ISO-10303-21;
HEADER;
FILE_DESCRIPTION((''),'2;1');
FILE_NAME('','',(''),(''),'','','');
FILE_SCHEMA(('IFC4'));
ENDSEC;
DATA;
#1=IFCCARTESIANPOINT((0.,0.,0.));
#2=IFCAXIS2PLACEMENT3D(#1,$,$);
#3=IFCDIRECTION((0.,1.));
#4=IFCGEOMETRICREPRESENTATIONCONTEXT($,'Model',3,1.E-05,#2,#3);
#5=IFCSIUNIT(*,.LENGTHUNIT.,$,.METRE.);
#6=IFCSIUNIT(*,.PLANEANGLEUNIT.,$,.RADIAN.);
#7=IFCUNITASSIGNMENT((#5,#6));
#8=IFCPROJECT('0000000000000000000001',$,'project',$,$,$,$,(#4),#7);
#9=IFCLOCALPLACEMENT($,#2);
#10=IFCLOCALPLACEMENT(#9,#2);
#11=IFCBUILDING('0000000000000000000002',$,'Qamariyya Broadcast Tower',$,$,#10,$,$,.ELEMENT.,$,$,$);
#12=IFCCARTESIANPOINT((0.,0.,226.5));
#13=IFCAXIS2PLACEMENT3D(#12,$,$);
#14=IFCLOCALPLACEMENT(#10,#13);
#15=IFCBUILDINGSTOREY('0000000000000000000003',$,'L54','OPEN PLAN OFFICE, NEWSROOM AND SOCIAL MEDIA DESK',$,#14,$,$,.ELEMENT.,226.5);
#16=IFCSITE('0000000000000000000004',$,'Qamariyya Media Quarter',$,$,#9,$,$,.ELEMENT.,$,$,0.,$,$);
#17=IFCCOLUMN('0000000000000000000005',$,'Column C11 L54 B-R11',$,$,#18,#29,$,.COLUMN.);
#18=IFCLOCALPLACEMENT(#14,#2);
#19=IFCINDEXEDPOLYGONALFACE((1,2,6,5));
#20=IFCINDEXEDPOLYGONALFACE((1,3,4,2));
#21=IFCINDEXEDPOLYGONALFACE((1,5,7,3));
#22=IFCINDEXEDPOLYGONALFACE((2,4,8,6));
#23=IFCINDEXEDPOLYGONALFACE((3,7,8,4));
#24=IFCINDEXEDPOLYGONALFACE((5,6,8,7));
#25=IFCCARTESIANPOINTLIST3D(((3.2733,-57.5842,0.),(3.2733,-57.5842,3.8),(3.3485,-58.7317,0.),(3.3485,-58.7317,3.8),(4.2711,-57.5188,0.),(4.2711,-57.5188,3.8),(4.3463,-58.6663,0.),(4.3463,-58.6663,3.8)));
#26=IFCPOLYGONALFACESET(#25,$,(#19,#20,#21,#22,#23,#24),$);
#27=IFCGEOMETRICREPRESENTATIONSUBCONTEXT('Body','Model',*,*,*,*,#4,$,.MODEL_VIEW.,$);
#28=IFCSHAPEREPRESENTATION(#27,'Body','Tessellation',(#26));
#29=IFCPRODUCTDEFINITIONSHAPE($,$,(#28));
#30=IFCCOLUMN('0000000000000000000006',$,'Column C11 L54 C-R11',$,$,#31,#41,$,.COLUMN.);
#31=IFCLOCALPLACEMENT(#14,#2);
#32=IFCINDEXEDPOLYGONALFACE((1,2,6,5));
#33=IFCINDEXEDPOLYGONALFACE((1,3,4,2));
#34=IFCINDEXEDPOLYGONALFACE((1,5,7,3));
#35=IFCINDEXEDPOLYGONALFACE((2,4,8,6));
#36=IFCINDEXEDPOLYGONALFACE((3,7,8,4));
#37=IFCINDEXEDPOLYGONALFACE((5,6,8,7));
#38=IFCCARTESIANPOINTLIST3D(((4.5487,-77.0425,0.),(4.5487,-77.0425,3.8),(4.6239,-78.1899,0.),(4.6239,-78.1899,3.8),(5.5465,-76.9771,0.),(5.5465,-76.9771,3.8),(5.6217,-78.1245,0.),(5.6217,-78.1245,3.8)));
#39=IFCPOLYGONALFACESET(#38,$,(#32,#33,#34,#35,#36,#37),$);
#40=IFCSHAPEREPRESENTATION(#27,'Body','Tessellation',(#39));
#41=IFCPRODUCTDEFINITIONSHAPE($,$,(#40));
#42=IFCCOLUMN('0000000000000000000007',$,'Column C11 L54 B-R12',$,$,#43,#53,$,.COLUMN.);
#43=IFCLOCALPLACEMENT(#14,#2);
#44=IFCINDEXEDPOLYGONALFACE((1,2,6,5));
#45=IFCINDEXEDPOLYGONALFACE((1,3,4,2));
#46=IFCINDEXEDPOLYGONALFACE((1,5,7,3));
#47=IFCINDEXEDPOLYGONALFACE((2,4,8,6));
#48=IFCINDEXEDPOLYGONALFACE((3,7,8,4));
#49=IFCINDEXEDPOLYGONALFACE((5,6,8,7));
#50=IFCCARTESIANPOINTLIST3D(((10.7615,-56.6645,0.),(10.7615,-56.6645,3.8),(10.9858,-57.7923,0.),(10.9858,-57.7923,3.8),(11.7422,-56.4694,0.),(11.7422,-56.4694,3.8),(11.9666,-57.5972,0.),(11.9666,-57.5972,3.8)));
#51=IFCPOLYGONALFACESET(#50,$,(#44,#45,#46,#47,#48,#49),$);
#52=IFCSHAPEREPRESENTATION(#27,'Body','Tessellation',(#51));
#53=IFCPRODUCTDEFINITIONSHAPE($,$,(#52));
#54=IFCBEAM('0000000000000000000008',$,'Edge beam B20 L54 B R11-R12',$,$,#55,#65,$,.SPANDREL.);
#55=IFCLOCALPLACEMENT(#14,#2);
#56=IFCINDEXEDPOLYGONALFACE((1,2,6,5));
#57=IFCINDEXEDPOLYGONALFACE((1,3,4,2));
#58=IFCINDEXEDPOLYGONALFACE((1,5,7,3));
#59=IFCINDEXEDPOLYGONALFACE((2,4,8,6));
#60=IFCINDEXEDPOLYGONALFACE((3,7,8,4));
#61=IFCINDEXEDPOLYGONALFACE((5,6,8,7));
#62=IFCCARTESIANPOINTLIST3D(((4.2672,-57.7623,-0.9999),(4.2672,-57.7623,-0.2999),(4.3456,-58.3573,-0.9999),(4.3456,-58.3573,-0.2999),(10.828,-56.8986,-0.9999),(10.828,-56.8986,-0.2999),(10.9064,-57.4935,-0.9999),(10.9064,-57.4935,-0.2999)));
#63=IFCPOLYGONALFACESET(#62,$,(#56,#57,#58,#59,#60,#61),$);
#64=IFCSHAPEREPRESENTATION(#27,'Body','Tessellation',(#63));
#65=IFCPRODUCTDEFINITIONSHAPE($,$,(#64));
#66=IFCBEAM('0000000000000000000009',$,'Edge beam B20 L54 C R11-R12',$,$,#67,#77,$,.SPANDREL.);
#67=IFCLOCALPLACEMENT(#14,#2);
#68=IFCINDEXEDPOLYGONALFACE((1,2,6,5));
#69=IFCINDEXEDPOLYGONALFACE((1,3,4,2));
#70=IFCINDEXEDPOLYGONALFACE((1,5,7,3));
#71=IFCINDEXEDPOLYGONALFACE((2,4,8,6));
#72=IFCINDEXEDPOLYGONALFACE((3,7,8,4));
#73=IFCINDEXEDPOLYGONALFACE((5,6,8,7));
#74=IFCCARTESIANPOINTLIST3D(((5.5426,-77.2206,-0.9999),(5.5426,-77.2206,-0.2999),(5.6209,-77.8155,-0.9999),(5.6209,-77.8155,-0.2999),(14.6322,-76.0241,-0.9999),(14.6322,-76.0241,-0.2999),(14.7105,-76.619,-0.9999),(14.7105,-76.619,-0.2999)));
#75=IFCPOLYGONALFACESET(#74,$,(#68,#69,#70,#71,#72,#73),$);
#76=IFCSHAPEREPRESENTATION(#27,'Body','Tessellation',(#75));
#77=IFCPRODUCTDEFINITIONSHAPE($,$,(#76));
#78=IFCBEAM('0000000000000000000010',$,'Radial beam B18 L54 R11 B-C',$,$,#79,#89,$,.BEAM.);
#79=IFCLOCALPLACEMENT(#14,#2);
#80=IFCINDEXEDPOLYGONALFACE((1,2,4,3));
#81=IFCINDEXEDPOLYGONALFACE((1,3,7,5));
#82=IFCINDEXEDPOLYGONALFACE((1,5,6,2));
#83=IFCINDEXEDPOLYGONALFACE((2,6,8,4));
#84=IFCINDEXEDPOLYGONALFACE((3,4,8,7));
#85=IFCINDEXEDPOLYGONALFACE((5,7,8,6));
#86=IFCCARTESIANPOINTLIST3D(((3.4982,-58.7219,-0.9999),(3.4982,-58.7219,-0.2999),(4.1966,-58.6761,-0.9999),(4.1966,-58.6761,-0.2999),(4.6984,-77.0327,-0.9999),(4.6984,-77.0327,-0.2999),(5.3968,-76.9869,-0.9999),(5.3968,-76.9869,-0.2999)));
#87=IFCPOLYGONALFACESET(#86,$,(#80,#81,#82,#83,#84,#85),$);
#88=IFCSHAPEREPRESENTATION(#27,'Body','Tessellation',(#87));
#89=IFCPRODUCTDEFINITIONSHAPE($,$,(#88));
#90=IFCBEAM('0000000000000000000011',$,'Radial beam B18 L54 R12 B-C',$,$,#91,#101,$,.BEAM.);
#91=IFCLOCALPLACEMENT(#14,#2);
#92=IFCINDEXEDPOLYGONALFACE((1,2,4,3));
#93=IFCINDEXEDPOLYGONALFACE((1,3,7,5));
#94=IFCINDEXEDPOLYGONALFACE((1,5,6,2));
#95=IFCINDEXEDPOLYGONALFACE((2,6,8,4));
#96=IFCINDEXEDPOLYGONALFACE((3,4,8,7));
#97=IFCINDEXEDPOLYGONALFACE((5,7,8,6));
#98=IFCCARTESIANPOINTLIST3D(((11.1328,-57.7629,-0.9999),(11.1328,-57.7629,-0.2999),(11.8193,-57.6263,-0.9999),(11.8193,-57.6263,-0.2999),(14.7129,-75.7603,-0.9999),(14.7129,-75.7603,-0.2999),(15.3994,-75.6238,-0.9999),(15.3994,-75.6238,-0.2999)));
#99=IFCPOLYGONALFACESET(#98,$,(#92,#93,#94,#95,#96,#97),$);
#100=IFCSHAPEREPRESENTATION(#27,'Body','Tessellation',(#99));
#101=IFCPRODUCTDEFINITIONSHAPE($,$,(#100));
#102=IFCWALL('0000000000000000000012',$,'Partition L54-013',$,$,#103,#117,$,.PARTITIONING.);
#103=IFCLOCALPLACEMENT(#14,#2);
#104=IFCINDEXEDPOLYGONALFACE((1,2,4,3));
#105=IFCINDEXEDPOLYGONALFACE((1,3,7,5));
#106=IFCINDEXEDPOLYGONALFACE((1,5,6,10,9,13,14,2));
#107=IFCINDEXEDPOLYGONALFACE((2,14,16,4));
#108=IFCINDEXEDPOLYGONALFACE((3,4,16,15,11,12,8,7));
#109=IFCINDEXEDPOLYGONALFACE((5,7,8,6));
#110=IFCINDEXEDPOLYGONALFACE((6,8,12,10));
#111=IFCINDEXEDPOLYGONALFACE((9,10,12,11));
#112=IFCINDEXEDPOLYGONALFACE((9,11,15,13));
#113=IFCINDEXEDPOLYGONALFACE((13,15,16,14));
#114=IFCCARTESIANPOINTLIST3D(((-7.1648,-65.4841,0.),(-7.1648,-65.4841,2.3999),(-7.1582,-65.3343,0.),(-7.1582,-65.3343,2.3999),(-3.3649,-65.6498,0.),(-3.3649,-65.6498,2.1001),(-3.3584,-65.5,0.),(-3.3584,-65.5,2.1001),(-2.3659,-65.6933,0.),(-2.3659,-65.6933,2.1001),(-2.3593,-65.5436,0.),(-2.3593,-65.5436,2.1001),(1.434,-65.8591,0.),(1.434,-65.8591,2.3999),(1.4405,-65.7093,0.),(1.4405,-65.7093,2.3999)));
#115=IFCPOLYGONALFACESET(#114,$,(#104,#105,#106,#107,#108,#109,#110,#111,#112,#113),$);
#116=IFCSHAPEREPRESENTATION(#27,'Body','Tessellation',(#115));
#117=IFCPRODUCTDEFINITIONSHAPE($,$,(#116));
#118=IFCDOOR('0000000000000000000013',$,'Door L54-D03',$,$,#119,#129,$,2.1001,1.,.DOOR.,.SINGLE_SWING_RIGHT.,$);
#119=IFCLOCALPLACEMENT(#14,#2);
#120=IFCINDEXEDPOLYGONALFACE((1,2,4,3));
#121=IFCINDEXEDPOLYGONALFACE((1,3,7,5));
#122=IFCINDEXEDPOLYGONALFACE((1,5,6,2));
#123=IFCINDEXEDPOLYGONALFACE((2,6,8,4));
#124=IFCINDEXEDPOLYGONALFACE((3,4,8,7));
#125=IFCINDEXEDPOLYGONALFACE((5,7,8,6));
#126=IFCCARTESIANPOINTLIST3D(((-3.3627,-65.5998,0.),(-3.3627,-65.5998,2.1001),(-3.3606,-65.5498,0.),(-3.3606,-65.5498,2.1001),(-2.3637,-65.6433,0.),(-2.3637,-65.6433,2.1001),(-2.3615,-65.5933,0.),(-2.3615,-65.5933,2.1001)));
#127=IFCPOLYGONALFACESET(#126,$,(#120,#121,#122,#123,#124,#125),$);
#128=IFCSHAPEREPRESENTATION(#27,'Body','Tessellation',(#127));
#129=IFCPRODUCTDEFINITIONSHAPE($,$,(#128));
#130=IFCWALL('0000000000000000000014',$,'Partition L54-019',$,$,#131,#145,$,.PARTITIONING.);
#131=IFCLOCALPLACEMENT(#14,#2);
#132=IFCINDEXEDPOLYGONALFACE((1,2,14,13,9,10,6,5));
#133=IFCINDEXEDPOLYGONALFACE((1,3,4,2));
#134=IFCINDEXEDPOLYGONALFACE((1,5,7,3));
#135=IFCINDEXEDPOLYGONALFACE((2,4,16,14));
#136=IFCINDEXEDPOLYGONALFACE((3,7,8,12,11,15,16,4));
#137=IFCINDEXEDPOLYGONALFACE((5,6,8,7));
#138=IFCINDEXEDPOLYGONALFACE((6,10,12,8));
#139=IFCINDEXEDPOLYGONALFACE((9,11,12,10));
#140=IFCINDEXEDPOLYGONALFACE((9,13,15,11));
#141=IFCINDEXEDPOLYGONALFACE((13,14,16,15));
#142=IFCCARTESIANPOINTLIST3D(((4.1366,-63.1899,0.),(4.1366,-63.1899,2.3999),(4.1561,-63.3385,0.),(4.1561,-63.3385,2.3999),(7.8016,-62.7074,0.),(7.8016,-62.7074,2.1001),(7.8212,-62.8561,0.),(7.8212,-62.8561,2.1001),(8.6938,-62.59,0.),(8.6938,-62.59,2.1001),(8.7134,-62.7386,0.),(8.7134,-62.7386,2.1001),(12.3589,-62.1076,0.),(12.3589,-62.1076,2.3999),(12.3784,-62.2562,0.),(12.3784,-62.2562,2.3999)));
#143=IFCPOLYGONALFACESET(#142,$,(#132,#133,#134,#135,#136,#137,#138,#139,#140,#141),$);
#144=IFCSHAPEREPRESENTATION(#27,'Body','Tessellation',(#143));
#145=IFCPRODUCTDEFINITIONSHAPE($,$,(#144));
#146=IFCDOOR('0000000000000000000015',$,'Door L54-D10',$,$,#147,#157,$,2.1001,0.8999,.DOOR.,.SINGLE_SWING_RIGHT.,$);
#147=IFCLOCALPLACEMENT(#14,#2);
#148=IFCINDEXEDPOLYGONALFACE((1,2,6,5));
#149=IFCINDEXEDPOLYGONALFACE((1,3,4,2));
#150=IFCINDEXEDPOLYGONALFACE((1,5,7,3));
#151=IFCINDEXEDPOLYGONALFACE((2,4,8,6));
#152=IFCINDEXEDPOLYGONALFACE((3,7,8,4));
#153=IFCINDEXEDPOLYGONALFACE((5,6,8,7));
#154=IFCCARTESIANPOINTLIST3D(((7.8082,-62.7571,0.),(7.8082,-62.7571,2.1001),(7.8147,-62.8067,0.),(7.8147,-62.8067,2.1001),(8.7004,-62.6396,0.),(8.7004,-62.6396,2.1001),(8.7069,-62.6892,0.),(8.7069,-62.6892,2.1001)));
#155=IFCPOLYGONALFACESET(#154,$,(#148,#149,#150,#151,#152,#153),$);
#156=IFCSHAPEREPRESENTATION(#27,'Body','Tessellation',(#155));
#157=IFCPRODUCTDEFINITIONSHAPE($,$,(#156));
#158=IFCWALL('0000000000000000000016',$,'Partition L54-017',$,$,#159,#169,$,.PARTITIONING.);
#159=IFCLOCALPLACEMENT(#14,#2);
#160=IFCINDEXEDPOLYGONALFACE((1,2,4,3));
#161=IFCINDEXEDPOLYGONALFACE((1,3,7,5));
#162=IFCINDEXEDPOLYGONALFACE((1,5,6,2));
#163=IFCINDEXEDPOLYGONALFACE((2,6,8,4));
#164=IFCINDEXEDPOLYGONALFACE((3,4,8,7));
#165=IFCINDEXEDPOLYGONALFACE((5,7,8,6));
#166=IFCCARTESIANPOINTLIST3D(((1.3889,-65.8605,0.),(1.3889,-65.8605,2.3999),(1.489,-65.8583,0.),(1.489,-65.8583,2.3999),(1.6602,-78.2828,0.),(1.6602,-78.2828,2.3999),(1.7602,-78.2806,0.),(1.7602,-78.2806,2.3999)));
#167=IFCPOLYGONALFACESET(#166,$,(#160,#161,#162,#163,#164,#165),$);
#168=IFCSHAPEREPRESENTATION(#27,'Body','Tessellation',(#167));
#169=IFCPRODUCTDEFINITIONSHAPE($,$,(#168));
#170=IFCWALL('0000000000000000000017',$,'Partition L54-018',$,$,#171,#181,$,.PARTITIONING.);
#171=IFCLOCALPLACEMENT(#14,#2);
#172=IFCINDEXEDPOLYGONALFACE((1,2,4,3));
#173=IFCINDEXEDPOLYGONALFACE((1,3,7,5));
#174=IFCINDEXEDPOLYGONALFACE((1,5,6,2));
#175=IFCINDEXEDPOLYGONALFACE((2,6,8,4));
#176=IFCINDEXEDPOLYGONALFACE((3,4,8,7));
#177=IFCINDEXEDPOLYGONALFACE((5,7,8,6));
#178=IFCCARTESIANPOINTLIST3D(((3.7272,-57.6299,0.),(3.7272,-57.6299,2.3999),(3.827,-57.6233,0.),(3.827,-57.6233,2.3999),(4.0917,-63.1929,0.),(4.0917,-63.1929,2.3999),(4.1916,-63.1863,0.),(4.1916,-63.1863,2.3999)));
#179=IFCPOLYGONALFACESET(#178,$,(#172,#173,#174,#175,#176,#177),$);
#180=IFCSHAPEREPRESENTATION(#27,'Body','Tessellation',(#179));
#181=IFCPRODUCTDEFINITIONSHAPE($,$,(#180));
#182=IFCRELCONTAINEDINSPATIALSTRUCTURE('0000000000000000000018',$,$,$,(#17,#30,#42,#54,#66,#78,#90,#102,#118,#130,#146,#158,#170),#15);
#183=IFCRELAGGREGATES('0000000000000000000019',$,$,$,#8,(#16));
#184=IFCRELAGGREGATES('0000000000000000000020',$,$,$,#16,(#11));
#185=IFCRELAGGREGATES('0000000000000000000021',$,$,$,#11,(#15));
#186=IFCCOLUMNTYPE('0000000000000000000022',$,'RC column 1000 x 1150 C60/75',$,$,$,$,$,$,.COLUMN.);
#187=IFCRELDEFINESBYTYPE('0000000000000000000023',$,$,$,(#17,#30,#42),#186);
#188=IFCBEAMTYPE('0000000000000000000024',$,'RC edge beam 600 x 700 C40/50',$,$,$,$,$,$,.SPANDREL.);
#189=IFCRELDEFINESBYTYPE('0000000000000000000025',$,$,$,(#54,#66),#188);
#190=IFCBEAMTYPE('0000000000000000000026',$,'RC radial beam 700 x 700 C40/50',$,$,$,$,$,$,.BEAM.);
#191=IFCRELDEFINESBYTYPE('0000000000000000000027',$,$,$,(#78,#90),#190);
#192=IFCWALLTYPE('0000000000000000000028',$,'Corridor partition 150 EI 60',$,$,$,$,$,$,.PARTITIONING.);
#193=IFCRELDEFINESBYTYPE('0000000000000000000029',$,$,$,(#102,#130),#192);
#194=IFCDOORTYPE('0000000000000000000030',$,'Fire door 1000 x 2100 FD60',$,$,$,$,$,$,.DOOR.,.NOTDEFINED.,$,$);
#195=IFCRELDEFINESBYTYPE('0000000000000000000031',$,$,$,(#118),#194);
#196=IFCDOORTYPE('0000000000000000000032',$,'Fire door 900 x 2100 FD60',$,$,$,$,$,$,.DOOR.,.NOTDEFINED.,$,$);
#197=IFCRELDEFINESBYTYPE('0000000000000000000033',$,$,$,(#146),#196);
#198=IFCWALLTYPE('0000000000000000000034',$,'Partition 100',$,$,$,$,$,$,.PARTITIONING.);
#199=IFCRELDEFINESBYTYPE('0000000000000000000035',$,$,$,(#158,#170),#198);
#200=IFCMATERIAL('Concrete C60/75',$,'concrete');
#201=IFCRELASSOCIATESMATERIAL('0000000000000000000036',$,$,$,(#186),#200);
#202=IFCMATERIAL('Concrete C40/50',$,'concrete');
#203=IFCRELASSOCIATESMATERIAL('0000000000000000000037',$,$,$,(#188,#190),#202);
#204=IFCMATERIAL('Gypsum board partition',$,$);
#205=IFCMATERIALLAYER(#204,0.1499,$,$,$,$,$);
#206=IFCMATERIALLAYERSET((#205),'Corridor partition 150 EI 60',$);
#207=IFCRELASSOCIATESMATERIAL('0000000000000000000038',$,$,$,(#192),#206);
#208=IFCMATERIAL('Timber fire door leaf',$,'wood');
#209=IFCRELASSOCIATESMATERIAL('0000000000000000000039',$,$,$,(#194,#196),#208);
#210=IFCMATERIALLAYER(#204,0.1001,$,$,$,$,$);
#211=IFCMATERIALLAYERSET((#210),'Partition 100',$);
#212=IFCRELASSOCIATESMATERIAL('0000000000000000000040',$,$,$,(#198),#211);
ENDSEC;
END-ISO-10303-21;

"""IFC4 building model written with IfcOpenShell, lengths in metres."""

from ifc_helpers import new_model, si_unit, direction, frame, frame_2d, origin, origin_2d, place, context, subcontext, project, spatial, rectangle, extrude, material, layer, layer_set, material_profile, profile_set, type_object, element, fill, save


model = new_model("IFC4")

# Units and contexts
model_context = context("Model", 3, precision=1e-05, world=origin(), true_north=direction((0.0, 1.0)))
body_context = subcontext(model_context, "Body", "Model", "MODEL_VIEW")
ifc_project = project(units=[si_unit("LENGTHUNIT", "METRE"), si_unit("PLANEANGLEUNIT", "RADIAN")], contexts=[model_context])

# Site, building, storey
site_placement = place(None, origin())
site = spatial("IfcSite", under=ifc_project, at=site_placement, Name="Qamariyya Media Quarter", CompositionType="ELEMENT", RefElevation=0.0)
building_placement = place(site_placement, origin())
building = spatial("IfcBuilding", under=site, at=building_placement, Name="Qamariyya Broadcast Tower", CompositionType="ELEMENT")
storey_placement = place(building_placement, frame((0.0, 0.0, 226.5)))
storey = spatial("IfcBuildingStorey", under=building, at=storey_placement, Name="L54", Description="OPEN PLAN OFFICE, NEWSROOM AND SOCIAL MEDIA DESK", CompositionType="ELEMENT", Elevation=226.5)

# Columns
ifc_material_1 = material(Name="Concrete C60/75", Category="concrete")
ifc_material_profile_1 = material_profile(ifc_material_1, rectangle(XDim=1.0, YDim=1.1499, at=origin_2d()))
ifc_profile_set_1 = profile_set([ifc_material_profile_1], Name="Concrete C60/75")
column_type = type_object("IfcColumnType", Name="RC column 1000 x 1150 C60/75", PredefinedType="COLUMN", material=ifc_profile_set_1)
for number, where, z_axis, x_axis, name in (
    (1, (3.8098, -58.1252, 0.0), (0.0, 0.0, 1.0), (0.997859, 0.065403, 0.0), "Column C11 L54 B-R11"),
    (2, (5.0852, -77.5835, 0.0), (0.0, 0.0, 1.0), (0.997859, 0.065403, 0.0), "Column C11 L54 C-R11"),
    (3, (11.364, -57.1309, 0.0), (0.0, 0.0, 1.0), (0.980785, 0.19509, 0.0), "Column C11 L54 B-R12"),
):
    element("IfcColumn", number, at=place(storey_placement, frame(where, z_axis=z_axis, x_axis=x_axis)), inside=storey, type_object=column_type, Name=name, PredefinedType="COLUMN", context=body_context, shape_type="SweptSolid", body=[
        extrude(rectangle(XDim=1.0, YDim=1.1499, at=origin_2d()), origin(), (0.0, 0.0, 1.0), 3.8),
    ])

# Beams
ifc_material_2 = material(Name="Concrete C40/50", Category="concrete")
ifc_material_profile_2 = material_profile(ifc_material_2, rectangle(XDim=0.6001, YDim=0.7, at=origin_2d()))
ifc_profile_set_2 = profile_set([ifc_material_profile_2], Name="Concrete C40/50")
beam_type_1 = type_object("IfcBeamType", Name="RC edge beam 600 x 700 C40/50", PredefinedType="SPANDREL", material=ifc_profile_set_2)
beam_1_placement = place(storey_placement, frame((4.3064, -58.0598, -0.6499), z_axis=(0.991444, 0.13053, 0.0), x_axis=(-0.13053, 0.991444, 0.0)))
element("IfcBeam", 4, at=beam_1_placement, inside=storey, type_object=beam_type_1, Name="Edge beam B20 L54 B R11-R12", PredefinedType="SPANDREL", context=body_context, shape_type="SweptSolid", body=[
    extrude(rectangle(XDim=0.6001, YDim=0.7, at=origin_2d()), origin(), (0.0, 0.0, 1.0), 6.6174),
])
beam_2_placement = place(storey_placement, frame((5.5818, -77.5181, -0.6499), z_axis=(0.991447, 0.130512, 0.0), x_axis=(-0.130512, 0.991447, 0.0)))
element("IfcBeam", 5, at=beam_2_placement, inside=storey, type_object=beam_type_1, Name="Edge beam B20 L54 C R11-R12", PredefinedType="SPANDREL", context=body_context, shape_type="SweptSolid", body=[
    extrude(rectangle(XDim=0.6001, YDim=0.7, at=origin_2d()), origin(), (0.0, 0.0, 1.0), 9.168),
])
ifc_material_profile_3 = material_profile(ifc_material_2, rectangle(XDim=0.7, YDim=0.7, at=origin_2d()))
ifc_profile_set_3 = profile_set([ifc_material_profile_3], Name="Concrete C40/50")
beam_type_2 = type_object("IfcBeamType", Name="RC radial beam 700 x 700 C40/50", PredefinedType="BEAM", material=ifc_profile_set_3)
for number, where, z_axis, x_axis, name in (
    (6, (3.8474, -58.699, -0.6499), (0.065405, -0.997859, 0.0), (0.997859, 0.065405, 0.0), "Radial beam B18 L54 R11 B-C"),
    (7, (11.4761, -57.6946, -0.6499), (0.195098, -0.980784, 0.0), (0.980784, 0.195098, 0.0), "Radial beam B18 L54 R12 B-C"),
):
    element("IfcBeam", number, at=place(storey_placement, frame(where, z_axis=z_axis, x_axis=x_axis)), inside=storey, type_object=beam_type_2, Name=name, PredefinedType="BEAM", context=body_context, shape_type="SweptSolid", body=[
        extrude(rectangle(XDim=0.7, YDim=0.7, at=origin_2d()), origin(), (0.0, 0.0, 1.0), 18.3501),
    ])

# Walls, openings, doors
ifc_material_3 = material(Name="Gypsum board partition")
ifc_layer_1 = layer(ifc_material_3, 0.1499)
ifc_layer_set_1 = layer_set([ifc_layer_1], Name="Corridor partition 150 EI 60")
wall_type_1 = type_object("IfcWallType", Name="Corridor partition 150 EI 60", PredefinedType="PARTITIONING", material=ifc_layer_set_1)
wall_1_placement = place(storey_placement, frame((1.4373, -65.7842, 0.0), z_axis=(0.0, 0.0, 1.0), x_axis=(-0.99905, 0.043569, 0.0)))
wall_1 = element("IfcWall", 8, at=wall_1_placement, inside=storey, type_object=wall_type_1, Name="Partition L54-013", PredefinedType="PARTITIONING", context=body_context, shape_type="SweptSolid", body=[
    extrude(rectangle(XDim=8.6069, YDim=0.1499, at=frame_2d((4.3035, 0.0))), origin(), (0.0, 0.0, 1.0), 2.3999),
])
opening_1_placement = place(wall_1_placement, frame((3.8035, 0.0, 0.0)))
opening_1 = element("IfcOpeningElement", 9, at=opening_1_placement, cuts=wall_1, PredefinedType="OPENING", context=body_context, shape_type="SweptSolid", body=[
    extrude(rectangle(XDim=1.0, YDim=2.1001, at=frame_2d((0.5, 1.05))), frame((0.0, 0.085, 0.0), z_axis=(0.0, -1.0, 0.0), x_axis=(1.0, 0.0, 0.0)), (0.0, 0.0, 1.0), 0.1699),
])
ifc_material_4 = material(Name="Timber fire door leaf", Category="wood")
door_type_1 = type_object("IfcDoorType", Name="Fire door 1000 x 2100 FD60", OperationType="NOTDEFINED", PredefinedType="DOOR", material=ifc_material_4)
door_1_placement = place(opening_1_placement, origin())
door_1 = element("IfcDoor", 10, at=door_1_placement, inside=storey, type_object=door_type_1, Name="Door L54-D03", OperationType="SINGLE_SWING_RIGHT", OverallHeight=2.1001, OverallWidth=1.0, PredefinedType="DOOR", context=body_context, shape_type="SweptSolid", body=[
    extrude(rectangle(XDim=1.0, YDim=2.1001, at=frame_2d((0.5, 1.05))), frame((0.0, 0.0249, 0.0), z_axis=(0.0, -1.0, 0.0), x_axis=(1.0, 0.0, 0.0)), (0.0, 0.0, 1.0), 0.05),
])
fill(opening_1, door_1)
wall_2_placement = place(storey_placement, frame((4.1465, -63.2642, 0.0), z_axis=(0.0, 0.0, 1.0), x_axis=(0.991448, 0.130503, 0.0)))
wall_2 = element("IfcWall", 11, at=wall_2_placement, inside=storey, type_object=wall_type_1, Name="Partition L54-019", PredefinedType="PARTITIONING", context=body_context, shape_type="SweptSolid", body=[
    extrude(rectangle(XDim=8.2932, YDim=0.1499, at=frame_2d((4.1465, 0.0))), origin(), (0.0, 0.0, 1.0), 2.3999),
])
opening_2_placement = place(wall_2_placement, frame((3.6965, 0.0, 0.0)))
opening_2 = element("IfcOpeningElement", 12, at=opening_2_placement, cuts=wall_2, PredefinedType="OPENING", context=body_context, shape_type="SweptSolid", body=[
    extrude(rectangle(XDim=0.8999, YDim=2.1001, at=frame_2d((0.45, 1.05))), frame((0.0, 0.085, 0.0), z_axis=(0.0, -1.0, 0.0), x_axis=(1.0, 0.0, 0.0)), (0.0, 0.0, 1.0), 0.1699),
])
door_type_2 = type_object("IfcDoorType", Name="Fire door 900 x 2100 FD60", OperationType="NOTDEFINED", PredefinedType="DOOR", material=ifc_material_4)
door_2_placement = place(opening_2_placement, origin())
door_2 = element("IfcDoor", 13, at=door_2_placement, inside=storey, type_object=door_type_2, Name="Door L54-D10", OperationType="SINGLE_SWING_RIGHT", OverallHeight=2.1001, OverallWidth=0.8999, PredefinedType="DOOR", context=body_context, shape_type="SweptSolid", body=[
    extrude(rectangle(XDim=0.8999, YDim=2.1001, at=frame_2d((0.45, 1.05))), frame((0.0, 0.0249, 0.0), z_axis=(0.0, -1.0, 0.0), x_axis=(1.0, 0.0, 0.0)), (0.0, 0.0, 1.0), 0.05),
])
fill(opening_2, door_2)

# Walls
ifc_layer_2 = layer(ifc_material_3, 0.1001)
ifc_layer_set_2 = layer_set([ifc_layer_2], Name="Partition 100")
wall_type_2 = type_object("IfcWallType", Name="Partition 100", PredefinedType="PARTITIONING", material=ifc_layer_set_2)
wall_3_placement = place(storey_placement, frame((1.7102, -78.2817, 0.0), z_axis=(0.0, 0.0, 1.0), x_axis=(-0.02183, 0.999762, 0.0)))
element("IfcWall", 14, at=wall_3_placement, inside=storey, type_object=wall_type_2, Name="Partition L54-017", PredefinedType="PARTITIONING", context=body_context, shape_type="SweptSolid", body=[
    extrude(rectangle(XDim=12.4253, YDim=0.1001, at=frame_2d((6.2126, 0.0))), origin(), (0.0, 0.0, 1.0), 2.3999),
])
wall_4_placement = place(storey_placement, frame((3.7771, -57.6265, 0.0), z_axis=(0.0, 0.0, 1.0), x_axis=(0.065382, -0.99786, 0.0)))
element("IfcWall", 15, at=wall_4_placement, inside=storey, type_object=wall_type_2, Name="Partition L54-018", PredefinedType="PARTITIONING", context=body_context, shape_type="SweptSolid", body=[
    extrude(rectangle(XDim=5.575, YDim=0.1001, at=frame_2d((2.7876, 0.0))), origin(), (0.0, 0.0, 1.0), 2.3999),
])

save(model, "model.ifc")
